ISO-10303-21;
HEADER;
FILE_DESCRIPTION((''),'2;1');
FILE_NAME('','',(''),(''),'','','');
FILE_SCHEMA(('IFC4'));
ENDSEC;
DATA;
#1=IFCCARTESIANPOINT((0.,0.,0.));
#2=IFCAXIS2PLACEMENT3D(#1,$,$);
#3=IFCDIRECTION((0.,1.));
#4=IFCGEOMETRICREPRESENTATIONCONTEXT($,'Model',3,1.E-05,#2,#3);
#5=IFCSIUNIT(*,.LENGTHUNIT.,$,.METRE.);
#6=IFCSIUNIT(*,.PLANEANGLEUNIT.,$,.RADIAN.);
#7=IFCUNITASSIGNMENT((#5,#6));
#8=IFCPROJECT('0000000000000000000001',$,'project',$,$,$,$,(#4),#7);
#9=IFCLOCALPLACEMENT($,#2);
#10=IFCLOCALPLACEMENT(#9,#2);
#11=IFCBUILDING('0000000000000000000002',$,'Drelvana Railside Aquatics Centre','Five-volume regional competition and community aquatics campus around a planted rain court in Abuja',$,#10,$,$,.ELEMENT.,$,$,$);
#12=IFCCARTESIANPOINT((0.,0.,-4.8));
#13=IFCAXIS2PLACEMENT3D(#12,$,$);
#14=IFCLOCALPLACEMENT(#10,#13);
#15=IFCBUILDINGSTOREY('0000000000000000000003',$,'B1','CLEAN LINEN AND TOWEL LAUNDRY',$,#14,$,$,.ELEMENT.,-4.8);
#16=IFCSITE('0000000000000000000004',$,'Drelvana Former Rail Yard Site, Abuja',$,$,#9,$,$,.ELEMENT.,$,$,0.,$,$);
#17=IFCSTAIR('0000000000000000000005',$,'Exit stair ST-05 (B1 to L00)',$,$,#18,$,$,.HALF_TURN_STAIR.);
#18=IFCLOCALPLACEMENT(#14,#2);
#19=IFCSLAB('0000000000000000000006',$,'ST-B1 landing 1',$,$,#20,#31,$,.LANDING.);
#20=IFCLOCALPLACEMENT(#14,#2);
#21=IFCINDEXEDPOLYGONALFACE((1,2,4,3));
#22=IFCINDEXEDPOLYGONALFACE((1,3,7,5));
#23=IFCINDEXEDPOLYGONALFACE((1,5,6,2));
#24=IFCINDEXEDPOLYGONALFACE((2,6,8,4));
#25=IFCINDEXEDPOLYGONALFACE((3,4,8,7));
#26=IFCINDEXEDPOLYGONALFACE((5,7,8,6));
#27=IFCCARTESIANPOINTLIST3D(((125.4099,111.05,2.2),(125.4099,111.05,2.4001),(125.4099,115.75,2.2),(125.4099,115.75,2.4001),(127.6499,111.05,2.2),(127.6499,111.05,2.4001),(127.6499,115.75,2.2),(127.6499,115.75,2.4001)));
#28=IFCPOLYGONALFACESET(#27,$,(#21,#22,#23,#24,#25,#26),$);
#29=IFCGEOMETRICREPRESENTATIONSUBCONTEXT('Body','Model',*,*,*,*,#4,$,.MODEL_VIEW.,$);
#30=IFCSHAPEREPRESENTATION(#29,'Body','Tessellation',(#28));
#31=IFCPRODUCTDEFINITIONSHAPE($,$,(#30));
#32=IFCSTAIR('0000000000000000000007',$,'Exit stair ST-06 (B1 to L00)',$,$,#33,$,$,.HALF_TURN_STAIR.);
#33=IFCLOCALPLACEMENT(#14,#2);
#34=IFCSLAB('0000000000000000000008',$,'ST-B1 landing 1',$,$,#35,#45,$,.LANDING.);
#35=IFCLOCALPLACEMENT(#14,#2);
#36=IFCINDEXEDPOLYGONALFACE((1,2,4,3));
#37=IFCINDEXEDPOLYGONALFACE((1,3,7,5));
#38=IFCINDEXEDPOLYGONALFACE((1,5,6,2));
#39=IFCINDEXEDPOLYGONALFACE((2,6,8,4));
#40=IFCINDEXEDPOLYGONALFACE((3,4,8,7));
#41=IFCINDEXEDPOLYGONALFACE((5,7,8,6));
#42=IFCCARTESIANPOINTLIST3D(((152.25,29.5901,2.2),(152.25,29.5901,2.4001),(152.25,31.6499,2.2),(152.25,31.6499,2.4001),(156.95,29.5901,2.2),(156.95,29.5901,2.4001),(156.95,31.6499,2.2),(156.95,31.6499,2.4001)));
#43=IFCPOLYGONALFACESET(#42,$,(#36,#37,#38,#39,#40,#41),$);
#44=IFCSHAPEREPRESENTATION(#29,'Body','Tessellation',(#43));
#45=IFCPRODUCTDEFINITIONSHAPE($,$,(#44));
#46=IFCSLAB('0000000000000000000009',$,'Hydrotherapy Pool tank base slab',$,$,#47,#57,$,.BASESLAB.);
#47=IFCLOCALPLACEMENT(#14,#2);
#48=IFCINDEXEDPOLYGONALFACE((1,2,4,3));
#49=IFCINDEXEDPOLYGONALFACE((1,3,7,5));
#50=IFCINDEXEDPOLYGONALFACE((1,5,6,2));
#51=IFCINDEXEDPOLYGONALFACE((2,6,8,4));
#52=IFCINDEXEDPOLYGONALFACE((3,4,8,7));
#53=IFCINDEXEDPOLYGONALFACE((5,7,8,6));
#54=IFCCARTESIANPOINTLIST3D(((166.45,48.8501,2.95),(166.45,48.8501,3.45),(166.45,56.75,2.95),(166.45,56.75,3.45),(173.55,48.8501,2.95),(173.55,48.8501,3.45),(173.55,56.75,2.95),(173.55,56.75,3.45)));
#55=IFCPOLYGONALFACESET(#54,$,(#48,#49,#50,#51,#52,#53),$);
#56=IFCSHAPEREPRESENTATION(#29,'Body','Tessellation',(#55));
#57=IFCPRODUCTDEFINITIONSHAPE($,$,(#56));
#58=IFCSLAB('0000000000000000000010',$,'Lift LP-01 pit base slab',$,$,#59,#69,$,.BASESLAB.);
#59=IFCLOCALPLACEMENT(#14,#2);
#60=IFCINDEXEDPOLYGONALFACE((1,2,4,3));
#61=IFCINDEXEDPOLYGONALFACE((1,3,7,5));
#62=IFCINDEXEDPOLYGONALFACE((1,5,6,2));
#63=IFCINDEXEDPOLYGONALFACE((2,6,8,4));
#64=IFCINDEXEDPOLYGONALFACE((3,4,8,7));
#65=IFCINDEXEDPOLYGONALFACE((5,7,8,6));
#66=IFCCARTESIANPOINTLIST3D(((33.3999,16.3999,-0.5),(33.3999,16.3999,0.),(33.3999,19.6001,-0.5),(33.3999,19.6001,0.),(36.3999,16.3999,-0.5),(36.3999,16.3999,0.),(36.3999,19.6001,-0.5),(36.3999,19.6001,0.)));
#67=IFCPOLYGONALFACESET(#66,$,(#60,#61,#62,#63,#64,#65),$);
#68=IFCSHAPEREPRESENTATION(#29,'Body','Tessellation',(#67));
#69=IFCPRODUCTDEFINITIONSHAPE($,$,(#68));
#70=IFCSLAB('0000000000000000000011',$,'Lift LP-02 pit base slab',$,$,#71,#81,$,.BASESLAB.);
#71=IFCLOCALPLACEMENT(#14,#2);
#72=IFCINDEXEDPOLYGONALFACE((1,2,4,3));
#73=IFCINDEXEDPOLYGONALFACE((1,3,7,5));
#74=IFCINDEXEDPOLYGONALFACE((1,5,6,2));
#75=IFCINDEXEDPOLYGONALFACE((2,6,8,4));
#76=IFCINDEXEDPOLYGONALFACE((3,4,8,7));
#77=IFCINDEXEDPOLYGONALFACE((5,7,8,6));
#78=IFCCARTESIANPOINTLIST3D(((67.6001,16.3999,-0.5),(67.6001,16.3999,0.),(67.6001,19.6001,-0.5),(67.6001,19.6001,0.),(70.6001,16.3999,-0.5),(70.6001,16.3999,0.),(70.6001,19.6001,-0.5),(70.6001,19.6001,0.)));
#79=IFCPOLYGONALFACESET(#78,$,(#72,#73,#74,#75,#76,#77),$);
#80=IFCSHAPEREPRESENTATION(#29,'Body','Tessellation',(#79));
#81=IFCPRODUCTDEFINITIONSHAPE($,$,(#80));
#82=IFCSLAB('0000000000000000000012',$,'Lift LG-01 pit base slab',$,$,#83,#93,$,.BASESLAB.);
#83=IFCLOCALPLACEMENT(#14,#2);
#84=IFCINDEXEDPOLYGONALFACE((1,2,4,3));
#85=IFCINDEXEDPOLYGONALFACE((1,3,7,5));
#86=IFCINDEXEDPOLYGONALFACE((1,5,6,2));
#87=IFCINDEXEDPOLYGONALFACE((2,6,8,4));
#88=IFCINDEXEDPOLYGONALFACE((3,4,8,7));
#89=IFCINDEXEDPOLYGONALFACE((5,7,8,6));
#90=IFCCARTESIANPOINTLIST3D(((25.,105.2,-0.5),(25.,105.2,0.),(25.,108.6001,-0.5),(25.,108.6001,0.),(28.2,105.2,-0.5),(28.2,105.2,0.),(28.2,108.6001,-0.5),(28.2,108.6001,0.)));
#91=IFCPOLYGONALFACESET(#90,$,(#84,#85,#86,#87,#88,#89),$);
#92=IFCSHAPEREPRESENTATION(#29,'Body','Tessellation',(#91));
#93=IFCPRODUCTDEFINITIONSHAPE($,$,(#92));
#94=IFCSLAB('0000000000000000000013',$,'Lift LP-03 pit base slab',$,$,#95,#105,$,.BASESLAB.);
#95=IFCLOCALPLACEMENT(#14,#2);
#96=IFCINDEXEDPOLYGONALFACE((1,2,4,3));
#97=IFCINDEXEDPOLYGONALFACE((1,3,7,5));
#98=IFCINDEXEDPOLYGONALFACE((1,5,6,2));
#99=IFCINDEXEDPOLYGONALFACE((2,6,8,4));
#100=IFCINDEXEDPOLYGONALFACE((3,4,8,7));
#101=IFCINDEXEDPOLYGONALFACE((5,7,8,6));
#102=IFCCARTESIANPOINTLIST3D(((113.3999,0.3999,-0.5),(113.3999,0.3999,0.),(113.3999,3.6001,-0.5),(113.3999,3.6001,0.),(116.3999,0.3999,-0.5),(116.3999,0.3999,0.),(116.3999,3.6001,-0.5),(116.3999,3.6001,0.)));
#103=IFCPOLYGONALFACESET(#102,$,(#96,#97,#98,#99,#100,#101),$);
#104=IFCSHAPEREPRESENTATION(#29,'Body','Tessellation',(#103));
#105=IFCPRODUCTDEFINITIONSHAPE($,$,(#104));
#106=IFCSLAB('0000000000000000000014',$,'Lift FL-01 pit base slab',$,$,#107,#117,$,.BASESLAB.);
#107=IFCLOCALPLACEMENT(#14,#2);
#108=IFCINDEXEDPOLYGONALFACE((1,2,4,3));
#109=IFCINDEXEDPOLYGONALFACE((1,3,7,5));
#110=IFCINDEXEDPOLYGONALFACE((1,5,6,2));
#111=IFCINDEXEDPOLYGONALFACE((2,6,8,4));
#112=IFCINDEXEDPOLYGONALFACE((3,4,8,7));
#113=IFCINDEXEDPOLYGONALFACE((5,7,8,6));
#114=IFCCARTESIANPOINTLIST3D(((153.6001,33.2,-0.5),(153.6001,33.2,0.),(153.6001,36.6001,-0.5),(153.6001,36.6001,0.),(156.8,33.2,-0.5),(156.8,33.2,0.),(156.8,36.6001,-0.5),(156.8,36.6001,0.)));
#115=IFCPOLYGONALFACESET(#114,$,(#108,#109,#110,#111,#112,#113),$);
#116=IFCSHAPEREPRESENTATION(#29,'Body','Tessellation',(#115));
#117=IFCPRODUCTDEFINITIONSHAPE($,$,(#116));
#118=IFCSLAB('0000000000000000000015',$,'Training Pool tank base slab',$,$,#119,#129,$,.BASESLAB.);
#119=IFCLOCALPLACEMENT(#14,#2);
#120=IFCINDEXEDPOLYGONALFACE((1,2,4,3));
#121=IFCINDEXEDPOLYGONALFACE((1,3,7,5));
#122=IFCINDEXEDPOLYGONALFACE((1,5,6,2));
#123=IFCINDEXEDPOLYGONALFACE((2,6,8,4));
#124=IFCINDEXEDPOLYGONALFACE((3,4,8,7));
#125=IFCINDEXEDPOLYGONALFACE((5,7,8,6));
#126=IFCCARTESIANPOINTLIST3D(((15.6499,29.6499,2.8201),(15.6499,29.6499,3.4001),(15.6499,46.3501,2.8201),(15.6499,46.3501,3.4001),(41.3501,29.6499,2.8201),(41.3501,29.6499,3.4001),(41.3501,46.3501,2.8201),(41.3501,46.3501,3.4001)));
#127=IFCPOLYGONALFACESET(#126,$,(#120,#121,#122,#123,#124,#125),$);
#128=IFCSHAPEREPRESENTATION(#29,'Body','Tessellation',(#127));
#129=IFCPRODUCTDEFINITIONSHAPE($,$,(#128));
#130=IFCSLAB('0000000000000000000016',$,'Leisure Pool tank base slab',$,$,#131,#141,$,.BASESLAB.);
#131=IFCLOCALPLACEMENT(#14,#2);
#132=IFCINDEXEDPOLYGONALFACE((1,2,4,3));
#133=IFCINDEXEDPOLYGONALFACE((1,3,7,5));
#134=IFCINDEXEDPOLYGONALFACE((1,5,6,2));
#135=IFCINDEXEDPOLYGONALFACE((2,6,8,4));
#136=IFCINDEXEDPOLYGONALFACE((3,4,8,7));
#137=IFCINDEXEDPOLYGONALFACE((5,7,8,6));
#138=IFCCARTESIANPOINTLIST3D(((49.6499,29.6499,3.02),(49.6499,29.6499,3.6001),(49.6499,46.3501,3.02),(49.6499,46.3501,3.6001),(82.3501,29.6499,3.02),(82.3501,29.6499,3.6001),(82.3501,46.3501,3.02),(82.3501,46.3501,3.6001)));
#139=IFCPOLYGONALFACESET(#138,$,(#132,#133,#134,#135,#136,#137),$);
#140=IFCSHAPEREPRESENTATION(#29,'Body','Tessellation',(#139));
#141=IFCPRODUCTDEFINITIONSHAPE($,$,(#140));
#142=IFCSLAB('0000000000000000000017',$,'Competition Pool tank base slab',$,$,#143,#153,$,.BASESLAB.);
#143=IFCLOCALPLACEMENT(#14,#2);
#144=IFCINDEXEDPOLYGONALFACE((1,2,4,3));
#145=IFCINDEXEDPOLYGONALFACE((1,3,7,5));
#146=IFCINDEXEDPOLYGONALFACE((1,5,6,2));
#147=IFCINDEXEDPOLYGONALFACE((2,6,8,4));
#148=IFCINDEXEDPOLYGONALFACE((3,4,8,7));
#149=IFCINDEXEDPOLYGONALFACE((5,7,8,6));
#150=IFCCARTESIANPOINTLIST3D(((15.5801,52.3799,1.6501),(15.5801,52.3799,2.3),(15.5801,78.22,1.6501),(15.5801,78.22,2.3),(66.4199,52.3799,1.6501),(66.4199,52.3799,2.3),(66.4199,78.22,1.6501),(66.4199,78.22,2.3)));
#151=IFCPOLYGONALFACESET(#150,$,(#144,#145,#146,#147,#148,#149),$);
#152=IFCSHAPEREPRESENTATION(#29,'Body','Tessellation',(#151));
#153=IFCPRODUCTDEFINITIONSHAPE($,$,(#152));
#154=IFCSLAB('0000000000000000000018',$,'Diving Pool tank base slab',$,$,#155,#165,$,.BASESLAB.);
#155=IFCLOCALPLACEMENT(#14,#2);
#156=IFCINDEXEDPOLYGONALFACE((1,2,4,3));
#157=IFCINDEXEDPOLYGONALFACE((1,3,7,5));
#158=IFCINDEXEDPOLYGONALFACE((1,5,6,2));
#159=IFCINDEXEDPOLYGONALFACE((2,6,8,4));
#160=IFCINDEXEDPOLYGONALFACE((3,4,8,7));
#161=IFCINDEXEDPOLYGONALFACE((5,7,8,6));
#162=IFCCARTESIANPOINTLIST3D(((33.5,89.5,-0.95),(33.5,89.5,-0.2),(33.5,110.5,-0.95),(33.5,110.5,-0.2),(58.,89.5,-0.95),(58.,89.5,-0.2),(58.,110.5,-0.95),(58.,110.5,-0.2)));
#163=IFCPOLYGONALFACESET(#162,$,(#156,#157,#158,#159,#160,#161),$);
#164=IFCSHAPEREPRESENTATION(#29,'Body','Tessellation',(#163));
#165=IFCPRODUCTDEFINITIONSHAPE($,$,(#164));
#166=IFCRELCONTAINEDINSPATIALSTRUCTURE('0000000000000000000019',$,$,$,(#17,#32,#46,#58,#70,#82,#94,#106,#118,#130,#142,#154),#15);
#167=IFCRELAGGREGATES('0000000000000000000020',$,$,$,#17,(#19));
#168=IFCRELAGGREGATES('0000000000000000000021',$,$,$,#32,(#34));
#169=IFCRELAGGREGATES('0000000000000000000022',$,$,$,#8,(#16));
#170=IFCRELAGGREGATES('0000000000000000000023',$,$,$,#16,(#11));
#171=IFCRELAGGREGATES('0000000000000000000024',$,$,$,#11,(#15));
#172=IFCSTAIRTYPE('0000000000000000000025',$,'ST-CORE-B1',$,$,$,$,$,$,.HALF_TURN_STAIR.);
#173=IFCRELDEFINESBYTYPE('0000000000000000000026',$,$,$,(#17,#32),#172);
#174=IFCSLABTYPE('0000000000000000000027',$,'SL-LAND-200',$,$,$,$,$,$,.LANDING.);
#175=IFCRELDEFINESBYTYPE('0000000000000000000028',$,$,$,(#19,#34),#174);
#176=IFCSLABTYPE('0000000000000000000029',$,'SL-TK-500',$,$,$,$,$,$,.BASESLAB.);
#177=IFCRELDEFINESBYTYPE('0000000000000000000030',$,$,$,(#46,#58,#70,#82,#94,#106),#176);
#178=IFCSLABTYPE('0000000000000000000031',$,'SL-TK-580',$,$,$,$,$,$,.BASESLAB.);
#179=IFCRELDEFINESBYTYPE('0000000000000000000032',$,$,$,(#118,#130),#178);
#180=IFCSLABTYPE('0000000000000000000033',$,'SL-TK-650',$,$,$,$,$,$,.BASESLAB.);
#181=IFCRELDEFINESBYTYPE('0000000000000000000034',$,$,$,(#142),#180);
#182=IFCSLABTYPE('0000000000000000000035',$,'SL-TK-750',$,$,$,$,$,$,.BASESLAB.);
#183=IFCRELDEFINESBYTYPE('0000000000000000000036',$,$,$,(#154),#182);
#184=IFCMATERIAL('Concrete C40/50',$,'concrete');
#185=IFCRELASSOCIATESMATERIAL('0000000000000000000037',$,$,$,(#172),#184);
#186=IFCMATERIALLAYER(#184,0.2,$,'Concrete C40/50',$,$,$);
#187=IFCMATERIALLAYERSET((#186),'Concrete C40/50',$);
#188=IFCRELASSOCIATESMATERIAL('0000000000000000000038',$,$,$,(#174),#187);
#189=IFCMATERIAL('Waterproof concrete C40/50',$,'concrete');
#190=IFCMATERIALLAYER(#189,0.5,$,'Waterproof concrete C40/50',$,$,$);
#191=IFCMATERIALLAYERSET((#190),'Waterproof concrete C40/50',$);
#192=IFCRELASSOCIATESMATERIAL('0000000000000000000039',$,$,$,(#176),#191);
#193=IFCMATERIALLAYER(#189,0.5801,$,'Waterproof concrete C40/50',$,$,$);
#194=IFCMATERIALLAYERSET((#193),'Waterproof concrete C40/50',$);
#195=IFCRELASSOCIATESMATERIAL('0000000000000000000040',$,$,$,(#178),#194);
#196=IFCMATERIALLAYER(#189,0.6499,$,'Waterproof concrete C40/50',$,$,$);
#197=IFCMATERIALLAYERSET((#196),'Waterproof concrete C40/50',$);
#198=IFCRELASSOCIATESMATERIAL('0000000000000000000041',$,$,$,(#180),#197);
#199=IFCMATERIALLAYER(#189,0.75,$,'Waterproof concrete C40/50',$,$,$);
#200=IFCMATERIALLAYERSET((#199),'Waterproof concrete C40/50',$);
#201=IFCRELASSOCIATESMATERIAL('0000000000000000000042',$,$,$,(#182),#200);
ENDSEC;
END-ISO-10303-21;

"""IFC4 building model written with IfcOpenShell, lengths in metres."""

from ifc_helpers import new_model, si_unit, direction, frame, origin, place, context, subcontext, project, spatial, polyline, outline, extrude, material, layer, layer_set, type_object, element, aggregate, save


model = new_model("IFC4")

# Units and contexts
model_context = context("Model", 3, precision=1e-05, world=origin(), true_north=direction((0.0, 1.0)))
body_context = subcontext(model_context, "Body", "Model", "MODEL_VIEW")
ifc_project = project(units=[si_unit("LENGTHUNIT", "METRE"), si_unit("PLANEANGLEUNIT", "RADIAN")], contexts=[model_context])

# Site, building, storey
site_placement = place(None, origin())
site = spatial("IfcSite", under=ifc_project, at=site_placement, Name="Drelvana Former Rail Yard Site, Abuja", CompositionType="ELEMENT", RefElevation=0.0)
building_placement = place(site_placement, origin())
building = spatial("IfcBuilding", under=site, at=building_placement, Name="Drelvana Railside Aquatics Centre", Description="Five-volume regional competition and community aquatics campus around a planted rain court in Abuja", CompositionType="ELEMENT")
storey_placement = place(building_placement, frame((0.0, 0.0, -4.8)))
storey = spatial("IfcBuildingStorey", under=building, at=storey_placement, Name="B1", Description="CLEAN LINEN AND TOWEL LAUNDRY", CompositionType="ELEMENT", Elevation=-4.8)

# Shared definitions
ifc_material_1 = material(Name="Waterproof concrete C40/50", Category="concrete")

# Stairs, slabs
ifc_material_2 = material(Name="Concrete C40/50", Category="concrete")
stair_type = type_object("IfcStairType", Name="ST-CORE-B1", PredefinedType="HALF_TURN_STAIR", material=ifc_material_2)
ifc_layer_1 = layer(ifc_material_2, 0.2, Name="Concrete C40/50")
ifc_layer_set_1 = layer_set([ifc_layer_1], Name="Concrete C40/50")
slab_type_1 = type_object("IfcSlabType", Name="SL-LAND-200", PredefinedType="LANDING", material=ifc_layer_set_1)
stair_1_placement = place(storey_placement, origin())
stair_1 = element("IfcStair", 1, at=stair_1_placement, inside=storey, type_object=stair_type, Name="Exit stair ST-05 (B1 to L00)", PredefinedType="HALF_TURN_STAIR")
slab_1_placement = place(storey_placement, frame((0.0, 0.0, 2.2)))
slab_1 = element("IfcSlab", 2, at=slab_1_placement, type_object=slab_type_1, Name="ST-B1 landing 1", PredefinedType="LANDING", context=body_context, shape_type="SweptSolid", body=[
    extrude(outline(polyline([(125.4099, 111.05), (127.6499, 111.05), (127.6499, 115.75), (125.4099, 115.75), (125.4099, 111.05)])), origin(), (0.0, 0.0, 1.0), 0.2002),
])
aggregate(stair_1, [slab_1])
stair_2_placement = place(storey_placement, origin())
stair_2 = element("IfcStair", 3, at=stair_2_placement, inside=storey, type_object=stair_type, Name="Exit stair ST-06 (B1 to L00)", PredefinedType="HALF_TURN_STAIR")
slab_2_placement = place(storey_placement, frame((0.0, 0.0, 2.2)))
slab_2 = element("IfcSlab", 4, at=slab_2_placement, type_object=slab_type_1, Name="ST-B1 landing 1", PredefinedType="LANDING", context=body_context, shape_type="SweptSolid", body=[
    extrude(outline(polyline([(152.25, 29.5901), (156.95, 29.5901), (156.95, 31.6499), (152.25, 31.6499), (152.25, 29.5901)])), origin(), (0.0, 0.0, 1.0), 0.2002),
])
aggregate(stair_2, [slab_2])

# Slabs
ifc_layer_2 = layer(ifc_material_1, 0.5, Name="Waterproof concrete C40/50")
ifc_layer_set_2 = layer_set([ifc_layer_2], Name="Waterproof concrete C40/50")
slab_type_2 = type_object("IfcSlabType", Name="SL-TK-500", PredefinedType="BASESLAB", material=ifc_layer_set_2)
slab_3_placement = place(storey_placement, frame((0.0, 0.0, 2.95)))
element("IfcSlab", 5, at=slab_3_placement, inside=storey, type_object=slab_type_2, Name="Hydrotherapy Pool tank base slab", PredefinedType="BASESLAB", context=body_context, shape_type="SweptSolid", body=[
    extrude(outline(polyline([(166.45, 48.8501), (173.55, 48.8501), (173.55, 56.75), (166.45, 56.75), (166.45, 48.8501)])), origin(), (0.0, 0.0, 1.0), 0.5),
])
slab_4_placement = place(storey_placement, frame((0.0, 0.0, -0.5)))
element("IfcSlab", 6, at=slab_4_placement, inside=storey, type_object=slab_type_2, Name="Lift LP-01 pit base slab", PredefinedType="BASESLAB", context=body_context, shape_type="SweptSolid", body=[
    extrude(outline(polyline([(33.3999, 16.3999), (36.3999, 16.3999), (36.3999, 19.6001), (33.3999, 19.6001), (33.3999, 16.3999)])), origin(), (0.0, 0.0, 1.0), 0.5),
])
slab_5_placement = place(storey_placement, frame((0.0, 0.0, -0.5)))
element("IfcSlab", 7, at=slab_5_placement, inside=storey, type_object=slab_type_2, Name="Lift LP-02 pit base slab", PredefinedType="BASESLAB", context=body_context, shape_type="SweptSolid", body=[
    extrude(outline(polyline([(67.6001, 16.3999), (70.6001, 16.3999), (70.6001, 19.6001), (67.6001, 19.6001), (67.6001, 16.3999)])), origin(), (0.0, 0.0, 1.0), 0.5),
])
slab_6_placement = place(storey_placement, frame((0.0, 0.0, -0.5)))
element("IfcSlab", 8, at=slab_6_placement, inside=storey, type_object=slab_type_2, Name="Lift LG-01 pit base slab", PredefinedType="BASESLAB", context=body_context, shape_type="SweptSolid", body=[
    extrude(outline(polyline([(25.0, 105.2), (28.2, 105.2), (28.2, 108.6001), (25.0, 108.6001), (25.0, 105.2)])), origin(), (0.0, 0.0, 1.0), 0.5),
])
slab_7_placement = place(storey_placement, frame((0.0, 0.0, -0.5)))
element("IfcSlab", 9, at=slab_7_placement, inside=storey, type_object=slab_type_2, Name="Lift LP-03 pit base slab", PredefinedType="BASESLAB", context=body_context, shape_type="SweptSolid", body=[
    extrude(outline(polyline([(113.3999, 0.3999), (116.3999, 0.3999), (116.3999, 3.6001), (113.3999, 3.6001), (113.3999, 0.3999)])), origin(), (0.0, 0.0, 1.0), 0.5),
])
slab_8_placement = place(storey_placement, frame((0.0, 0.0, -0.5)))
element("IfcSlab", 10, at=slab_8_placement, inside=storey, type_object=slab_type_2, Name="Lift FL-01 pit base slab", PredefinedType="BASESLAB", context=body_context, shape_type="SweptSolid", body=[
    extrude(outline(polyline([(153.6001, 33.2), (156.8, 33.2), (156.8, 36.6001), (153.6001, 36.6001), (153.6001, 33.2)])), origin(), (0.0, 0.0, 1.0), 0.5),
])
ifc_layer_3 = layer(ifc_material_1, 0.5801, Name="Waterproof concrete C40/50")
ifc_layer_set_3 = layer_set([ifc_layer_3], Name="Waterproof concrete C40/50")
slab_type_3 = type_object("IfcSlabType", Name="SL-TK-580", PredefinedType="BASESLAB", material=ifc_layer_set_3)
slab_9_placement = place(storey_placement, frame((0.0, 0.0, 2.8201)))
element("IfcSlab", 11, at=slab_9_placement, inside=storey, type_object=slab_type_3, Name="Training Pool tank base slab", PredefinedType="BASESLAB", context=body_context, shape_type="SweptSolid", body=[
    extrude(outline(polyline([(15.6499, 29.6499), (41.3501, 29.6499), (41.3501, 46.3501), (15.6499, 46.3501), (15.6499, 29.6499)])), origin(), (0.0, 0.0, 1.0), 0.5801),
])
slab_10_placement = place(storey_placement, frame((0.0, 0.0, 3.02)))
element("IfcSlab", 12, at=slab_10_placement, inside=storey, type_object=slab_type_3, Name="Leisure Pool tank base slab", PredefinedType="BASESLAB", context=body_context, shape_type="SweptSolid", body=[
    extrude(outline(polyline([(49.6499, 29.6499), (82.3501, 29.6499), (82.3501, 46.3501), (49.6499, 46.3501), (49.6499, 29.6499)])), origin(), (0.0, 0.0, 1.0), 0.5801),
])
ifc_layer_4 = layer(ifc_material_1, 0.6499, Name="Waterproof concrete C40/50")
ifc_layer_set_4 = layer_set([ifc_layer_4], Name="Waterproof concrete C40/50")
slab_type_4 = type_object("IfcSlabType", Name="SL-TK-650", PredefinedType="BASESLAB", material=ifc_layer_set_4)
slab_11_placement = place(storey_placement, frame((0.0, 0.0, 1.6501)))
element("IfcSlab", 13, at=slab_11_placement, inside=storey, type_object=slab_type_4, Name="Competition Pool tank base slab", PredefinedType="BASESLAB", context=body_context, shape_type="SweptSolid", body=[
    extrude(outline(polyline([(15.5801, 52.3799), (66.4199, 52.3799), (66.4199, 78.22), (15.5801, 78.22), (15.5801, 52.3799)])), origin(), (0.0, 0.0, 1.0), 0.6499),
])
ifc_layer_5 = layer(ifc_material_1, 0.75, Name="Waterproof concrete C40/50")
ifc_layer_set_5 = layer_set([ifc_layer_5], Name="Waterproof concrete C40/50")
slab_type_5 = type_object("IfcSlabType", Name="SL-TK-750", PredefinedType="BASESLAB", material=ifc_layer_set_5)
slab_12_placement = place(storey_placement, frame((0.0, 0.0, -0.95)))
element("IfcSlab", 14, at=slab_12_placement, inside=storey, type_object=slab_type_5, Name="Diving Pool tank base slab", PredefinedType="BASESLAB", context=body_context, shape_type="SweptSolid", body=[
    extrude(outline(polyline([(33.5, 89.5), (58.0, 89.5), (58.0, 110.5), (33.5, 110.5), (33.5, 89.5)])), origin(), (0.0, 0.0, 1.0), 0.75),
])

save(model, "model.ifc")
